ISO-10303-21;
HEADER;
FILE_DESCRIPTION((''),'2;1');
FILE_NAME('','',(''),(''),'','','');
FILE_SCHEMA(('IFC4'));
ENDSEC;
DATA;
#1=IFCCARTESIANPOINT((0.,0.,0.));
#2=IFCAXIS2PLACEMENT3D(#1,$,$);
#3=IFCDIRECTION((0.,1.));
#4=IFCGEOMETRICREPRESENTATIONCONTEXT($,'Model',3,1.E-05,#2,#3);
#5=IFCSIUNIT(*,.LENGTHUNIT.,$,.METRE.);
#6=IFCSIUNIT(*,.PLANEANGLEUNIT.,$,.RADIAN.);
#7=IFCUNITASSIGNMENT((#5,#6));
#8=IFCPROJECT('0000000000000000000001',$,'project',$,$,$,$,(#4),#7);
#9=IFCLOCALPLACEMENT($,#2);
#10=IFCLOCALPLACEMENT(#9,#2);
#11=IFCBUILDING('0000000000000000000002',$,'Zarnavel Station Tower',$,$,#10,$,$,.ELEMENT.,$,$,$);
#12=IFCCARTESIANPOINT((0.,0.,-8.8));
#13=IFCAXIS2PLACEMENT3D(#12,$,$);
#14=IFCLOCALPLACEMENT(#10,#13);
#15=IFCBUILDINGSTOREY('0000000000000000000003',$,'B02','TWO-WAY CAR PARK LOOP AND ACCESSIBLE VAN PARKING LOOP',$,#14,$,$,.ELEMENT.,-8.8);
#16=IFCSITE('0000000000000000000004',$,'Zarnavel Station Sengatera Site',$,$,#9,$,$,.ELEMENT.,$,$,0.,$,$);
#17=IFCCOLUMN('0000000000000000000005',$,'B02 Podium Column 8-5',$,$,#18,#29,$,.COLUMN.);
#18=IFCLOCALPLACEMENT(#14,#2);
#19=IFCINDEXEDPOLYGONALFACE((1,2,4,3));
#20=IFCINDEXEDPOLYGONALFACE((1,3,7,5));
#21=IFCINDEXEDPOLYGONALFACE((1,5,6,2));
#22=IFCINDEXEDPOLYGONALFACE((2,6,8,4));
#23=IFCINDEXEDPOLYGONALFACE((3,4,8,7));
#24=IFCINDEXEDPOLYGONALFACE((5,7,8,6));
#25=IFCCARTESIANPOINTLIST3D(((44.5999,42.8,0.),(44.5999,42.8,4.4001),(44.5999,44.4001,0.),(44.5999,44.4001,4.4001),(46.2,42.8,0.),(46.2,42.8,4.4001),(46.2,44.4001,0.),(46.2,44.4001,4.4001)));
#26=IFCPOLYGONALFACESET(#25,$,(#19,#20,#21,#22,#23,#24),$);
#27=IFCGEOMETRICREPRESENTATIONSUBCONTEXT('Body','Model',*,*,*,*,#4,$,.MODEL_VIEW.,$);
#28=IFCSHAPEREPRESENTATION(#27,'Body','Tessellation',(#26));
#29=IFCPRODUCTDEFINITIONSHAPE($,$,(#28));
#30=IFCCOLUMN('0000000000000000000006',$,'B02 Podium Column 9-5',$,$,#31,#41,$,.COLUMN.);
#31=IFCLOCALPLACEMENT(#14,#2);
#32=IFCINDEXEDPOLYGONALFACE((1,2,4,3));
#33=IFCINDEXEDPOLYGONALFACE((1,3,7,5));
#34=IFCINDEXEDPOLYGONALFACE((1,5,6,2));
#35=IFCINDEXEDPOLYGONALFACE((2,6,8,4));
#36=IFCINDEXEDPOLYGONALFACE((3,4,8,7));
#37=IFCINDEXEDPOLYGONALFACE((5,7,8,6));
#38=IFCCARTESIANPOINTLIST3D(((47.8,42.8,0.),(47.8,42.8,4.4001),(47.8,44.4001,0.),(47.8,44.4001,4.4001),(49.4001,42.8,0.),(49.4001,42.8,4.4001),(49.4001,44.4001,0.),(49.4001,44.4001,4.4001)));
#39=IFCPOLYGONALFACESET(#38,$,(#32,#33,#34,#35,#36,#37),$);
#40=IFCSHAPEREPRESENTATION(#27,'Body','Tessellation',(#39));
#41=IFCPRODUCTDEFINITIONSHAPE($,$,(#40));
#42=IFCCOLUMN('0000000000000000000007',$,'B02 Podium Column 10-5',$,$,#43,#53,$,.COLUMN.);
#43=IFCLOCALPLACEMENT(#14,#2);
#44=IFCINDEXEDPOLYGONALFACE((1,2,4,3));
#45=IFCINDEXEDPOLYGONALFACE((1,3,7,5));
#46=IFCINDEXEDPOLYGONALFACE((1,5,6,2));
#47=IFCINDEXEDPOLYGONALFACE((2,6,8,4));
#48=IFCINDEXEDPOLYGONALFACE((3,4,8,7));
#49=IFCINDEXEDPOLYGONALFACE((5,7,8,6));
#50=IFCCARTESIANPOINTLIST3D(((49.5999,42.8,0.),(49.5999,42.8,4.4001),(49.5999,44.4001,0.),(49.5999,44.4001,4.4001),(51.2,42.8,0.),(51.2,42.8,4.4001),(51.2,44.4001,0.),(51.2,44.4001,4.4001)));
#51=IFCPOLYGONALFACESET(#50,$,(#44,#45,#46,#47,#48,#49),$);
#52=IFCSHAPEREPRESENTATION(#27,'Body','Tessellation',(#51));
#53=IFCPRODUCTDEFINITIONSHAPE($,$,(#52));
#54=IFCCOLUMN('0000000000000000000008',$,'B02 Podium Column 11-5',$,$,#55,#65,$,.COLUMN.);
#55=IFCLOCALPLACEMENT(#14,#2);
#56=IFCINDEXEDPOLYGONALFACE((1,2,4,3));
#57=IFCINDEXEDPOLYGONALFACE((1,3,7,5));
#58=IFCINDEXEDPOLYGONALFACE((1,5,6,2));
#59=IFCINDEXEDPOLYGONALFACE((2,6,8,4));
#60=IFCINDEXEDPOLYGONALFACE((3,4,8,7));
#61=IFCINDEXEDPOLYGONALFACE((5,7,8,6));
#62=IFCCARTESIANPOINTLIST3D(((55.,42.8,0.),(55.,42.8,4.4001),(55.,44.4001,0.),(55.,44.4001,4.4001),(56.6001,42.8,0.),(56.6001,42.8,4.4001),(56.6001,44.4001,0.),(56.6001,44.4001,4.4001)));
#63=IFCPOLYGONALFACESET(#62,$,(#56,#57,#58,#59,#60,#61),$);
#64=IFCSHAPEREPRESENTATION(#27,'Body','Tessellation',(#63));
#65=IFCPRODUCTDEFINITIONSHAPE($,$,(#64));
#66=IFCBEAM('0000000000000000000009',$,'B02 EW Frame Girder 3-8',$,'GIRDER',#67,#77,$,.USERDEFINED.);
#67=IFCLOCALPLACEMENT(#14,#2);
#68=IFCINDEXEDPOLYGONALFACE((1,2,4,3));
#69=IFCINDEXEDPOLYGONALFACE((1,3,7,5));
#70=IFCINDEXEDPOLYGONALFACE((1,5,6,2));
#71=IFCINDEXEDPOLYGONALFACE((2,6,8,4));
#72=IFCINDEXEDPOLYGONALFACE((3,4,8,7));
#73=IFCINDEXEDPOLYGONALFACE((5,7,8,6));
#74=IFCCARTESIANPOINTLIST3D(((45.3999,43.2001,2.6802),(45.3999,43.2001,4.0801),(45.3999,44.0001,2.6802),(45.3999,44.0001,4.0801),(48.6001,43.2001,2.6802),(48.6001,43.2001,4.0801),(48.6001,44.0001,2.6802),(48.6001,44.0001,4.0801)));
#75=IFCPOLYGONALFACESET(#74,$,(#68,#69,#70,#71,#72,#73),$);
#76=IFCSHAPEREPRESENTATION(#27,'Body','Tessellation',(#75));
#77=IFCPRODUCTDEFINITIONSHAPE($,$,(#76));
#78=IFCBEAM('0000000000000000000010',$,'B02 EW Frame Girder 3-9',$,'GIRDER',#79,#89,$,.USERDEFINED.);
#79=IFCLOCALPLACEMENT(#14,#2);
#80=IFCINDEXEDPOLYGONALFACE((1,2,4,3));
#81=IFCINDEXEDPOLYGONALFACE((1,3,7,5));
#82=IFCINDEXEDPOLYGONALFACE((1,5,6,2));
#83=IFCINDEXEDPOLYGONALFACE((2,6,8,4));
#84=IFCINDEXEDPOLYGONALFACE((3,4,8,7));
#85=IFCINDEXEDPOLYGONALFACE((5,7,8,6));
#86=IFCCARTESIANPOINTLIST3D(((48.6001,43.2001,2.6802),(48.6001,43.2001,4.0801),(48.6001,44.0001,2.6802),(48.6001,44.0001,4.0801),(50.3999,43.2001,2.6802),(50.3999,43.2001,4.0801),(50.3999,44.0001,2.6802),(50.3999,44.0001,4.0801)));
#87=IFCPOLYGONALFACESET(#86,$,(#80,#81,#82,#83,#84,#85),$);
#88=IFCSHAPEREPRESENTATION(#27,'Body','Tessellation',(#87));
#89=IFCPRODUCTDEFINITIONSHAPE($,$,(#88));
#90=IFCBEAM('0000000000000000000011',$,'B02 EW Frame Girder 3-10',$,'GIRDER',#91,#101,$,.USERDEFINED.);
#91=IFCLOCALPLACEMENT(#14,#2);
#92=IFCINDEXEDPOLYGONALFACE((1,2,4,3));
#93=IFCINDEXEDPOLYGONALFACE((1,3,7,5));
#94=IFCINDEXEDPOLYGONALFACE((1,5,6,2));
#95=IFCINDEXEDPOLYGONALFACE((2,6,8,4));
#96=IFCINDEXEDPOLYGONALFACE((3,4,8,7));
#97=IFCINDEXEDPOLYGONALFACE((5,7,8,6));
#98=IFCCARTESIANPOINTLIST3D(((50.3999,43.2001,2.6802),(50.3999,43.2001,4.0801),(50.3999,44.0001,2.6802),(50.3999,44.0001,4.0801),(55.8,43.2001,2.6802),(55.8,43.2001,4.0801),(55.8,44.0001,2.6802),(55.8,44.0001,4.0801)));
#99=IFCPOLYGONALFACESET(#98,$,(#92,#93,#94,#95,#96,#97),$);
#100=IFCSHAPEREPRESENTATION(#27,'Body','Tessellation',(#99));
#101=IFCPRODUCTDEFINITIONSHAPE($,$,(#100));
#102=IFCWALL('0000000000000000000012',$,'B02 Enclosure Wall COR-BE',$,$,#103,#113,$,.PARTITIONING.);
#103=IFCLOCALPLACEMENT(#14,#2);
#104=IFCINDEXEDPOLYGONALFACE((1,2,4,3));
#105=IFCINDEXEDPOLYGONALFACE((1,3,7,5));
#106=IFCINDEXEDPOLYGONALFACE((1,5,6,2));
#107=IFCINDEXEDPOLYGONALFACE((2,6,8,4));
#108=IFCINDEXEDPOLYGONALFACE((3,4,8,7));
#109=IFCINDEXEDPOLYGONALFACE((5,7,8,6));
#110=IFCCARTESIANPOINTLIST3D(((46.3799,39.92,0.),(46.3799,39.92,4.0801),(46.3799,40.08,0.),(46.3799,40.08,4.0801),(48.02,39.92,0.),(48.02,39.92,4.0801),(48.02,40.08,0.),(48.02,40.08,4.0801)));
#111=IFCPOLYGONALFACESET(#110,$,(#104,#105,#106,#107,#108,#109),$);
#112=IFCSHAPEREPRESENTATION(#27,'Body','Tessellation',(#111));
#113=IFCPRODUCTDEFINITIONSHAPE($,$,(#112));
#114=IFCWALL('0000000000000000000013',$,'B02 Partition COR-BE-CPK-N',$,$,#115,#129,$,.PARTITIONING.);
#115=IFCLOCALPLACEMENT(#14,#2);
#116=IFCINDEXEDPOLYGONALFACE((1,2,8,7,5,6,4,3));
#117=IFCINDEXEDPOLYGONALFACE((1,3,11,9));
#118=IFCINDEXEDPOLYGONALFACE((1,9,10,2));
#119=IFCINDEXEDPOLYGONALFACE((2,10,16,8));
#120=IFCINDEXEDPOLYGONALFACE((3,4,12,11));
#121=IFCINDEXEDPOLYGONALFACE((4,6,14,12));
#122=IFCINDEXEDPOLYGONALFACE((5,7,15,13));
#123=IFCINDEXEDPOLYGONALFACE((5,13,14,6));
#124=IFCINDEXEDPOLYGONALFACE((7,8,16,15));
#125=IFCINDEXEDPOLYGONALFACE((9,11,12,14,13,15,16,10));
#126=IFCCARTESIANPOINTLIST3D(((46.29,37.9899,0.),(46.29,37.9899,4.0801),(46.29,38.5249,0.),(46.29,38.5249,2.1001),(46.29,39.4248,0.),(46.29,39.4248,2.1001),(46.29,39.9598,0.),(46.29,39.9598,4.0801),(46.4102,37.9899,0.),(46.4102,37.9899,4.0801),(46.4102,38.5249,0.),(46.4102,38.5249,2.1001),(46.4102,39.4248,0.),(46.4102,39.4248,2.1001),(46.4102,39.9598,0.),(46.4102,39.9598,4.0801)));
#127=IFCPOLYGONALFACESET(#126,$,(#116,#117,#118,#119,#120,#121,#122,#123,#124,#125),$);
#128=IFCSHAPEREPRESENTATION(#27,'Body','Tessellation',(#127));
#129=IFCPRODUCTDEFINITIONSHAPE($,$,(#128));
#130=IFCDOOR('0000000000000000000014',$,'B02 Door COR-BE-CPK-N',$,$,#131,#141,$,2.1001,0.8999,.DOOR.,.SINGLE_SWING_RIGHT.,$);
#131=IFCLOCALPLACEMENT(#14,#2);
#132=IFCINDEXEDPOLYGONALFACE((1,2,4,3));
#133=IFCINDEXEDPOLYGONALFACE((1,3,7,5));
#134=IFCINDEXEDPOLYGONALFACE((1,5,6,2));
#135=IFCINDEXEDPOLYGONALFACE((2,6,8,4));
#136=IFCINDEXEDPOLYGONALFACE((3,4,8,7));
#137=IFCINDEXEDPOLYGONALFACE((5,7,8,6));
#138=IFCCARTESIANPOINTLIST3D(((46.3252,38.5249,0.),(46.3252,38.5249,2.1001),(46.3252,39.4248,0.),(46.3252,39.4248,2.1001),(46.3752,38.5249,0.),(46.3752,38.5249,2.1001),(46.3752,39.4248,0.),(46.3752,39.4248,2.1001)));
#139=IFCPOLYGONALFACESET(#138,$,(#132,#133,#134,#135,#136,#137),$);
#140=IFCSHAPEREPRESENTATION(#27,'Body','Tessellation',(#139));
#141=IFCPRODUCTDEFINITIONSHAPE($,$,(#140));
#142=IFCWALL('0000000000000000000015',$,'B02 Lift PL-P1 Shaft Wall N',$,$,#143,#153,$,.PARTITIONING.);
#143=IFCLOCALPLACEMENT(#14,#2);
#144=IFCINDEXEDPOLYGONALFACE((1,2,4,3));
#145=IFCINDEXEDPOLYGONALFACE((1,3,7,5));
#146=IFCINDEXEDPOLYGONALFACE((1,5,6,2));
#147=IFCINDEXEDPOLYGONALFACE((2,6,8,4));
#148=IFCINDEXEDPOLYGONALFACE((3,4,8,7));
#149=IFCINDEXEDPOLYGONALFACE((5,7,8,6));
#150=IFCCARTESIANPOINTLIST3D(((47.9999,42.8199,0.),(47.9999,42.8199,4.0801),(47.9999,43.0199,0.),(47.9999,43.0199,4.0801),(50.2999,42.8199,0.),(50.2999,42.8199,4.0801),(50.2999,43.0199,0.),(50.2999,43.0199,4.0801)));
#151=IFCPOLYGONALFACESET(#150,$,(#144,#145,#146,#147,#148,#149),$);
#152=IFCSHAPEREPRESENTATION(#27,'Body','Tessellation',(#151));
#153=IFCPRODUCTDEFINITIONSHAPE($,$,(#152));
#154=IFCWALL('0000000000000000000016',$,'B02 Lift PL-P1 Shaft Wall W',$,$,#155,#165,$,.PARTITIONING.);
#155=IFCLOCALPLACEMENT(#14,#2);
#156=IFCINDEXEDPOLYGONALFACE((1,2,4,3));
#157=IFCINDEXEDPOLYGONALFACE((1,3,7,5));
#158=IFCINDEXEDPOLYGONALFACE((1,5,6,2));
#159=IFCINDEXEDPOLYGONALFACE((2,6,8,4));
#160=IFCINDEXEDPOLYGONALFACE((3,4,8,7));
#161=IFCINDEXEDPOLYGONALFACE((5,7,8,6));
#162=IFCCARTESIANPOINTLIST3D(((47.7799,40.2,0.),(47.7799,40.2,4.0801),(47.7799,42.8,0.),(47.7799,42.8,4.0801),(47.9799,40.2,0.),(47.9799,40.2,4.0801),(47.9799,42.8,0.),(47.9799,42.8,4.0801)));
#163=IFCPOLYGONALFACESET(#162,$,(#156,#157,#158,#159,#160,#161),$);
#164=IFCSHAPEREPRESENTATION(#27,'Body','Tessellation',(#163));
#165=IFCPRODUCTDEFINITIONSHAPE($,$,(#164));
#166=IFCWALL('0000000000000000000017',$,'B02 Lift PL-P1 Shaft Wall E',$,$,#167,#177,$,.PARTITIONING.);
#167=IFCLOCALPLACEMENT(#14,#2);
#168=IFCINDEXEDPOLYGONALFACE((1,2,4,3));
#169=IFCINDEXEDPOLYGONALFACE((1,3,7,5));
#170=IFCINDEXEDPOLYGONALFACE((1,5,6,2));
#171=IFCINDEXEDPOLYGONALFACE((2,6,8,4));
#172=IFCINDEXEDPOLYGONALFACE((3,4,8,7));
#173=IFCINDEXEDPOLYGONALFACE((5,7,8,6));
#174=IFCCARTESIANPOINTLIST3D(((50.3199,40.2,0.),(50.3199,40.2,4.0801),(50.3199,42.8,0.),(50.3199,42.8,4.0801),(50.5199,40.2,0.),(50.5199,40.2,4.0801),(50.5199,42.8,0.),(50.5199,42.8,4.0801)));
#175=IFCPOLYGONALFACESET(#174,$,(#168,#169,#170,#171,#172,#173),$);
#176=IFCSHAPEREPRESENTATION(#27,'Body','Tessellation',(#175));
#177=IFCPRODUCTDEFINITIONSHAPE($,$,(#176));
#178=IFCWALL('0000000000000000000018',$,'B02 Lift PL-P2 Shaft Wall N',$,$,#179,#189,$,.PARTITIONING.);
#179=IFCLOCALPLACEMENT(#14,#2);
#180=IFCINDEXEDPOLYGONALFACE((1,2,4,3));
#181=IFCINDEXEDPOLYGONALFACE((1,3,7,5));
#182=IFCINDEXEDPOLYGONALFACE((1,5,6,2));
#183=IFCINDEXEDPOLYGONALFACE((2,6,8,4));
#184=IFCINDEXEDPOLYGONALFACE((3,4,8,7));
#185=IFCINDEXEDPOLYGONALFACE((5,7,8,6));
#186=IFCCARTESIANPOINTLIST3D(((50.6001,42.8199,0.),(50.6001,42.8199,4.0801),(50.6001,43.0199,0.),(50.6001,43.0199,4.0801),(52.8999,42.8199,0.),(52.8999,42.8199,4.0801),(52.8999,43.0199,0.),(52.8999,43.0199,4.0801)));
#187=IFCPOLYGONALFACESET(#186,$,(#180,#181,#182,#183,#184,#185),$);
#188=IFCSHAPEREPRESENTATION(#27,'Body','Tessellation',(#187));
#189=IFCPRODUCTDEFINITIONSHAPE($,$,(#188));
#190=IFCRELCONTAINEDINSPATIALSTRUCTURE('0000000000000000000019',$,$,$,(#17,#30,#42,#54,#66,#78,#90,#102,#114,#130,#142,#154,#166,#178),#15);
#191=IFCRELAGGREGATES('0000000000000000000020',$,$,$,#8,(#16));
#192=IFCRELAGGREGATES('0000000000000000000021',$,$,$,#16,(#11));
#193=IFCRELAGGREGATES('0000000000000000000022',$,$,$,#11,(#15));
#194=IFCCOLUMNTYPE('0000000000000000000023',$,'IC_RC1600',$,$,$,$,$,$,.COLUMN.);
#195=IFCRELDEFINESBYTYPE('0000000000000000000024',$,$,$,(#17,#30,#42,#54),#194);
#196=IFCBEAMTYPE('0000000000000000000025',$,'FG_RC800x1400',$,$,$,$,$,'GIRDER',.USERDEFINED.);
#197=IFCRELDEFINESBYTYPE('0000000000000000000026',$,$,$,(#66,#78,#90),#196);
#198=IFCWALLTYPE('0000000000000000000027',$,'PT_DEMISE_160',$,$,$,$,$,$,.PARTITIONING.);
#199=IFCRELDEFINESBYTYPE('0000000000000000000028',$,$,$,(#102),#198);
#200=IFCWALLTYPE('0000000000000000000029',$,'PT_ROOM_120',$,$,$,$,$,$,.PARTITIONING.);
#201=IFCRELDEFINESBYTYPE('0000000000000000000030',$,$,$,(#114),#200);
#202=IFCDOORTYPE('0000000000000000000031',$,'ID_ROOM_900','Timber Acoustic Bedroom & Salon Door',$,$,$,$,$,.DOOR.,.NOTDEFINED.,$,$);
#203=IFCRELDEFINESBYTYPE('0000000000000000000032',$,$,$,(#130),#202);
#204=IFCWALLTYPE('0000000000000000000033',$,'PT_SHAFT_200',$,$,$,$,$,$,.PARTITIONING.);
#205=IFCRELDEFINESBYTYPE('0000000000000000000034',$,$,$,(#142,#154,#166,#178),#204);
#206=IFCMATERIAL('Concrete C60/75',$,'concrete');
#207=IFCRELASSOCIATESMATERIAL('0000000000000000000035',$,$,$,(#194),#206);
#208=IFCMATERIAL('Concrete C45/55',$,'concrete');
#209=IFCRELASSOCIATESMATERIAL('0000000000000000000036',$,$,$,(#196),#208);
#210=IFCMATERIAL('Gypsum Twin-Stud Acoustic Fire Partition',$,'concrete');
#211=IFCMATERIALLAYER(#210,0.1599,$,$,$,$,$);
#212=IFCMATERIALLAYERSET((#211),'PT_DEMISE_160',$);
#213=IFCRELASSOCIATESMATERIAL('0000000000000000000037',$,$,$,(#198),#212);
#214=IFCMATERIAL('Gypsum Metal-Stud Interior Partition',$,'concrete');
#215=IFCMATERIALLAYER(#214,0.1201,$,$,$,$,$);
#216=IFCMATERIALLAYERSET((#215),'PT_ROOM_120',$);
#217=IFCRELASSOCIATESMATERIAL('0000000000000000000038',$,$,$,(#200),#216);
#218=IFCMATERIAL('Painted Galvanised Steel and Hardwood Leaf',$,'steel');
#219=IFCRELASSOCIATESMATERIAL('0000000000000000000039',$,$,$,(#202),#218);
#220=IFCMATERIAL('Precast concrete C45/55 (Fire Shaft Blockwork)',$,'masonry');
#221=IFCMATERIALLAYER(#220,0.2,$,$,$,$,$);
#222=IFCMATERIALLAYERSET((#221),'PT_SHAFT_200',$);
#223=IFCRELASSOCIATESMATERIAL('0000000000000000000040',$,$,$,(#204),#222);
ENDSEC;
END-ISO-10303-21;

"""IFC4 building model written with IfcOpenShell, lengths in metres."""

from ifc_helpers import new_model, si_unit, direction, frame, frame_2d, origin, origin_2d, place, context, subcontext, project, spatial, rectangle, extrude, material, layer, layer_set, material_profile, profile_set, type_object, element, fill, save


model = new_model("IFC4")

# Units and contexts
model_context = context("Model", 3, precision=1e-05, world=origin(), true_north=direction((0.0, 1.0)))
body_context = subcontext(model_context, "Body", "Model", "MODEL_VIEW")
ifc_project = project(units=[si_unit("LENGTHUNIT", "METRE"), si_unit("PLANEANGLEUNIT", "RADIAN")], contexts=[model_context])

# Site, building, storey
site_placement = place(None, origin())
site = spatial("IfcSite", under=ifc_project, at=site_placement, Name="Zarnavel Station Sengatera Site", CompositionType="ELEMENT", RefElevation=0.0)
building_placement = place(site_placement, origin())
building = spatial("IfcBuilding", under=site, at=building_placement, Name="Zarnavel Station Tower", CompositionType="ELEMENT")
storey_placement = place(building_placement, frame((0.0, 0.0, -8.8)))
storey = spatial("IfcBuildingStorey", under=building, at=storey_placement, Name="B02", Description="TWO-WAY CAR PARK LOOP AND ACCESSIBLE VAN PARKING LOOP", CompositionType="ELEMENT", Elevation=-8.8)

# Columns
ifc_material_1 = material(Name="Concrete C60/75", Category="concrete")
ifc_material_profile_1 = material_profile(ifc_material_1, rectangle(XDim=1.6001, YDim=1.6001, at=origin_2d()), Name="RC1600x1600")
ifc_profile_set_1 = profile_set([ifc_material_profile_1], Name="Concrete C60/75")
column_type = type_object("IfcColumnType", Name="IC_RC1600", PredefinedType="COLUMN", material=ifc_profile_set_1)
for number, where, z_axis, x_axis, name in (
    (1, (45.3999, 43.6001, 0.0), (0.0, 0.0, 1.0), (1.0, 0.0, 0.0), "B02 Podium Column 8-5"),
    (2, (48.6001, 43.6001, 0.0), (0.0, 0.0, 1.0), (1.0, 0.0, 0.0), "B02 Podium Column 9-5"),
    (3, (50.3999, 43.6001, 0.0), (0.0, 0.0, 1.0), (1.0, 0.0, 0.0), "B02 Podium Column 10-5"),
    (4, (55.8, 43.6001, 0.0), (0.0, 0.0, 1.0), (1.0, 0.0, 0.0), "B02 Podium Column 11-5"),
):
    element("IfcColumn", number, at=place(storey_placement, frame(where, z_axis=z_axis, x_axis=x_axis)), inside=storey, type_object=column_type, Name=name, PredefinedType="COLUMN", context=body_context, shape_type="SweptSolid", body=[
        extrude(rectangle(XDim=1.6001, YDim=1.6001, at=origin_2d()), origin(), (0.0, 0.0, 1.0), 4.4001),
    ])

# Beams
ifc_material_2 = material(Name="Concrete C45/55", Category="concrete")
ifc_material_profile_2 = material_profile(ifc_material_2, rectangle(XDim=0.8, YDim=1.3999, at=origin_2d()), Name="RC800x1400")
ifc_profile_set_2 = profile_set([ifc_material_profile_2], Name="Concrete C45/55")
beam_type = type_object("IfcBeamType", Name="FG_RC800x1400", ElementType="GIRDER", PredefinedType="USERDEFINED", material=ifc_profile_set_2)
beam_1_placement = place(storey_placement, frame((45.3999, 43.6001, 3.3801), z_axis=(1.0, 0.0, 0.0), x_axis=(0.0, 1.0, 0.0)))
element("IfcBeam", 5, at=beam_1_placement, inside=storey, type_object=beam_type, Name="B02 EW Frame Girder 3-8", ObjectType="GIRDER", PredefinedType="USERDEFINED", context=body_context, shape_type="SweptSolid", body=[
    extrude(rectangle(XDim=0.8, YDim=1.3999, at=origin_2d()), origin(), (0.0, 0.0, 1.0), 3.2002),
])
beam_2_placement = place(storey_placement, frame((48.6001, 43.6001, 3.3801), z_axis=(1.0, 0.0, 0.0), x_axis=(0.0, 1.0, 0.0)))
element("IfcBeam", 6, at=beam_2_placement, inside=storey, type_object=beam_type, Name="B02 EW Frame Girder 3-9", ObjectType="GIRDER", PredefinedType="USERDEFINED", context=body_context, shape_type="SweptSolid", body=[
    extrude(rectangle(XDim=0.8, YDim=1.3999, at=origin_2d()), origin(), (0.0, 0.0, 1.0), 1.7998),
])
beam_3_placement = place(storey_placement, frame((50.3999, 43.6001, 3.3801), z_axis=(1.0, 0.0, 0.0), x_axis=(0.0, 1.0, 0.0)))
element("IfcBeam", 7, at=beam_3_placement, inside=storey, type_object=beam_type, Name="B02 EW Frame Girder 3-10", ObjectType="GIRDER", PredefinedType="USERDEFINED", context=body_context, shape_type="SweptSolid", body=[
    extrude(rectangle(XDim=0.8, YDim=1.3999, at=origin_2d()), origin(), (0.0, 0.0, 1.0), 5.4001),
])

# Wall
ifc_material_3 = material(Name="Gypsum Twin-Stud Acoustic Fire Partition", Category="concrete")
ifc_layer_1 = layer(ifc_material_3, 0.1599)
ifc_layer_set_1 = layer_set([ifc_layer_1], Name="PT_DEMISE_160")
wall_type_1 = type_object("IfcWallType", Name="PT_DEMISE_160", PredefinedType="PARTITIONING", material=ifc_layer_set_1)
wall_1_placement = place(storey_placement, frame((46.3799, 40.0, 0.0), z_axis=(0.0, 0.0, 1.0), x_axis=(1.0, 0.0, 0.0)))
element("IfcWall", 8, at=wall_1_placement, inside=storey, type_object=wall_type_1, Name="B02 Enclosure Wall COR-BE", PredefinedType="PARTITIONING", context=body_context, shape_type="SweptSolid", body=[
    extrude(rectangle(XDim=1.6401, YDim=0.1599, at=frame_2d((0.8201, 0.0))), origin(), (0.0, 0.0, 1.0), 4.0801),
])

# Wall, opening, door
ifc_material_4 = material(Name="Gypsum Metal-Stud Interior Partition", Category="concrete")
ifc_layer_2 = layer(ifc_material_4, 0.1201)
ifc_layer_set_2 = layer_set([ifc_layer_2], Name="PT_ROOM_120")
wall_type_2 = type_object("IfcWallType", Name="PT_ROOM_120", PredefinedType="PARTITIONING", material=ifc_layer_set_2)
wall_2_placement = place(storey_placement, frame((46.3501, 37.99, 0.0), z_axis=(0.0, 0.0, 1.0), x_axis=(0.0, 1.0, 0.0)))
wall_2 = element("IfcWall", 9, at=wall_2_placement, inside=storey, type_object=wall_type_2, Name="B02 Partition COR-BE-CPK-N", PredefinedType="PARTITIONING", context=body_context, shape_type="SweptSolid", body=[
    extrude(rectangle(XDim=1.97, YDim=0.1201, at=frame_2d((0.9849, 0.0))), origin(), (0.0, 0.0, 1.0), 4.0801),
])
opening_1_placement = place(wall_2_placement, frame((0.5349, 0.0, 0.0)))
opening_1 = element("IfcOpeningElement", 10, at=opening_1_placement, cuts=wall_2, PredefinedType="OPENING", context=body_context, shape_type="SweptSolid", body=[
    extrude(rectangle(XDim=0.8999, YDim=2.1001, at=frame_2d((0.45, 1.05))), frame((0.0, 0.0701, 0.0), z_axis=(0.0, -1.0, 0.0), x_axis=(1.0, 0.0, 0.0)), (0.0, 0.0, 1.0), 0.1401),
])
ifc_material_5 = material(Name="Painted Galvanised Steel and Hardwood Leaf", Category="steel")
door_type_1 = type_object("IfcDoorType", Name="ID_ROOM_900", Description="Timber Acoustic Bedroom & Salon Door", OperationType="NOTDEFINED", PredefinedType="DOOR", material=ifc_material_5)
door_1_placement = place(opening_1_placement, origin())
door_1 = element("IfcDoor", 11, at=door_1_placement, inside=storey, type_object=door_type_1, Name="B02 Door COR-BE-CPK-N", OperationType="SINGLE_SWING_RIGHT", OverallHeight=2.1001, OverallWidth=0.8999, PredefinedType="DOOR", context=body_context, shape_type="SweptSolid", body=[
    extrude(rectangle(XDim=0.8999, YDim=2.1001, at=frame_2d((0.45, 1.05))), frame((0.0, 0.0249, 0.0), z_axis=(0.0, -1.0, 0.0), x_axis=(1.0, 0.0, 0.0)), (0.0, 0.0, 1.0), 0.05),
])
fill(opening_1, door_1)
ifc_material_6 = material(Name="Precast concrete C45/55 (Fire Shaft Blockwork)", Category="masonry")
ifc_layer_3 = layer(ifc_material_6, 0.2)
ifc_layer_set_3 = layer_set([ifc_layer_3], Name="PT_SHAFT_200")
wall_type_3 = type_object("IfcWallType", Name="PT_SHAFT_200", PredefinedType="PARTITIONING", material=ifc_layer_set_3)

# Walls
wall_3_placement = place(storey_placement, frame((48.0, 42.9199, 0.0), z_axis=(0.0, 0.0, 1.0), x_axis=(1.0, 0.0, 0.0)))
element("IfcWall", 12, at=wall_3_placement, inside=storey, type_object=wall_type_3, Name="B02 Lift PL-P1 Shaft Wall N", PredefinedType="PARTITIONING", context=body_context, shape_type="SweptSolid", body=[
    extrude(rectangle(XDim=2.3, YDim=0.2, at=frame_2d((1.1499, 0.0))), origin(), (0.0, 0.0, 1.0), 4.0801),
])
for number, where, z_axis, x_axis, name in (
    (13, (47.8799, 40.2, 0.0), (0.0, 0.0, 1.0), (0.0, 1.0, 0.0), "B02 Lift PL-P1 Shaft Wall W"),
    (14, (50.4199, 40.2, 0.0), (0.0, 0.0, 1.0), (0.0, 1.0, 0.0), "B02 Lift PL-P1 Shaft Wall E"),
):
    element("IfcWall", number, at=place(storey_placement, frame(where, z_axis=z_axis, x_axis=x_axis)), inside=storey, type_object=wall_type_3, Name=name, PredefinedType="PARTITIONING", context=body_context, shape_type="SweptSolid", body=[
        extrude(rectangle(XDim=2.6001, YDim=0.2, at=frame_2d((1.3, 0.0))), origin(), (0.0, 0.0, 1.0), 4.0801),
    ])

# Wall
wall_4_placement = place(storey_placement, frame((50.6001, 42.9199, 0.0), z_axis=(0.0, 0.0, 1.0), x_axis=(1.0, 0.0, 0.0)))
element("IfcWall", 15, at=wall_4_placement, inside=storey, type_object=wall_type_3, Name="B02 Lift PL-P2 Shaft Wall N", PredefinedType="PARTITIONING", context=body_context, shape_type="SweptSolid", body=[
    extrude(rectangle(XDim=2.2998, YDim=0.2, at=frame_2d((1.1499, 0.0))), origin(), (0.0, 0.0, 1.0), 4.0801),
])

save(model, "model.ifc")
